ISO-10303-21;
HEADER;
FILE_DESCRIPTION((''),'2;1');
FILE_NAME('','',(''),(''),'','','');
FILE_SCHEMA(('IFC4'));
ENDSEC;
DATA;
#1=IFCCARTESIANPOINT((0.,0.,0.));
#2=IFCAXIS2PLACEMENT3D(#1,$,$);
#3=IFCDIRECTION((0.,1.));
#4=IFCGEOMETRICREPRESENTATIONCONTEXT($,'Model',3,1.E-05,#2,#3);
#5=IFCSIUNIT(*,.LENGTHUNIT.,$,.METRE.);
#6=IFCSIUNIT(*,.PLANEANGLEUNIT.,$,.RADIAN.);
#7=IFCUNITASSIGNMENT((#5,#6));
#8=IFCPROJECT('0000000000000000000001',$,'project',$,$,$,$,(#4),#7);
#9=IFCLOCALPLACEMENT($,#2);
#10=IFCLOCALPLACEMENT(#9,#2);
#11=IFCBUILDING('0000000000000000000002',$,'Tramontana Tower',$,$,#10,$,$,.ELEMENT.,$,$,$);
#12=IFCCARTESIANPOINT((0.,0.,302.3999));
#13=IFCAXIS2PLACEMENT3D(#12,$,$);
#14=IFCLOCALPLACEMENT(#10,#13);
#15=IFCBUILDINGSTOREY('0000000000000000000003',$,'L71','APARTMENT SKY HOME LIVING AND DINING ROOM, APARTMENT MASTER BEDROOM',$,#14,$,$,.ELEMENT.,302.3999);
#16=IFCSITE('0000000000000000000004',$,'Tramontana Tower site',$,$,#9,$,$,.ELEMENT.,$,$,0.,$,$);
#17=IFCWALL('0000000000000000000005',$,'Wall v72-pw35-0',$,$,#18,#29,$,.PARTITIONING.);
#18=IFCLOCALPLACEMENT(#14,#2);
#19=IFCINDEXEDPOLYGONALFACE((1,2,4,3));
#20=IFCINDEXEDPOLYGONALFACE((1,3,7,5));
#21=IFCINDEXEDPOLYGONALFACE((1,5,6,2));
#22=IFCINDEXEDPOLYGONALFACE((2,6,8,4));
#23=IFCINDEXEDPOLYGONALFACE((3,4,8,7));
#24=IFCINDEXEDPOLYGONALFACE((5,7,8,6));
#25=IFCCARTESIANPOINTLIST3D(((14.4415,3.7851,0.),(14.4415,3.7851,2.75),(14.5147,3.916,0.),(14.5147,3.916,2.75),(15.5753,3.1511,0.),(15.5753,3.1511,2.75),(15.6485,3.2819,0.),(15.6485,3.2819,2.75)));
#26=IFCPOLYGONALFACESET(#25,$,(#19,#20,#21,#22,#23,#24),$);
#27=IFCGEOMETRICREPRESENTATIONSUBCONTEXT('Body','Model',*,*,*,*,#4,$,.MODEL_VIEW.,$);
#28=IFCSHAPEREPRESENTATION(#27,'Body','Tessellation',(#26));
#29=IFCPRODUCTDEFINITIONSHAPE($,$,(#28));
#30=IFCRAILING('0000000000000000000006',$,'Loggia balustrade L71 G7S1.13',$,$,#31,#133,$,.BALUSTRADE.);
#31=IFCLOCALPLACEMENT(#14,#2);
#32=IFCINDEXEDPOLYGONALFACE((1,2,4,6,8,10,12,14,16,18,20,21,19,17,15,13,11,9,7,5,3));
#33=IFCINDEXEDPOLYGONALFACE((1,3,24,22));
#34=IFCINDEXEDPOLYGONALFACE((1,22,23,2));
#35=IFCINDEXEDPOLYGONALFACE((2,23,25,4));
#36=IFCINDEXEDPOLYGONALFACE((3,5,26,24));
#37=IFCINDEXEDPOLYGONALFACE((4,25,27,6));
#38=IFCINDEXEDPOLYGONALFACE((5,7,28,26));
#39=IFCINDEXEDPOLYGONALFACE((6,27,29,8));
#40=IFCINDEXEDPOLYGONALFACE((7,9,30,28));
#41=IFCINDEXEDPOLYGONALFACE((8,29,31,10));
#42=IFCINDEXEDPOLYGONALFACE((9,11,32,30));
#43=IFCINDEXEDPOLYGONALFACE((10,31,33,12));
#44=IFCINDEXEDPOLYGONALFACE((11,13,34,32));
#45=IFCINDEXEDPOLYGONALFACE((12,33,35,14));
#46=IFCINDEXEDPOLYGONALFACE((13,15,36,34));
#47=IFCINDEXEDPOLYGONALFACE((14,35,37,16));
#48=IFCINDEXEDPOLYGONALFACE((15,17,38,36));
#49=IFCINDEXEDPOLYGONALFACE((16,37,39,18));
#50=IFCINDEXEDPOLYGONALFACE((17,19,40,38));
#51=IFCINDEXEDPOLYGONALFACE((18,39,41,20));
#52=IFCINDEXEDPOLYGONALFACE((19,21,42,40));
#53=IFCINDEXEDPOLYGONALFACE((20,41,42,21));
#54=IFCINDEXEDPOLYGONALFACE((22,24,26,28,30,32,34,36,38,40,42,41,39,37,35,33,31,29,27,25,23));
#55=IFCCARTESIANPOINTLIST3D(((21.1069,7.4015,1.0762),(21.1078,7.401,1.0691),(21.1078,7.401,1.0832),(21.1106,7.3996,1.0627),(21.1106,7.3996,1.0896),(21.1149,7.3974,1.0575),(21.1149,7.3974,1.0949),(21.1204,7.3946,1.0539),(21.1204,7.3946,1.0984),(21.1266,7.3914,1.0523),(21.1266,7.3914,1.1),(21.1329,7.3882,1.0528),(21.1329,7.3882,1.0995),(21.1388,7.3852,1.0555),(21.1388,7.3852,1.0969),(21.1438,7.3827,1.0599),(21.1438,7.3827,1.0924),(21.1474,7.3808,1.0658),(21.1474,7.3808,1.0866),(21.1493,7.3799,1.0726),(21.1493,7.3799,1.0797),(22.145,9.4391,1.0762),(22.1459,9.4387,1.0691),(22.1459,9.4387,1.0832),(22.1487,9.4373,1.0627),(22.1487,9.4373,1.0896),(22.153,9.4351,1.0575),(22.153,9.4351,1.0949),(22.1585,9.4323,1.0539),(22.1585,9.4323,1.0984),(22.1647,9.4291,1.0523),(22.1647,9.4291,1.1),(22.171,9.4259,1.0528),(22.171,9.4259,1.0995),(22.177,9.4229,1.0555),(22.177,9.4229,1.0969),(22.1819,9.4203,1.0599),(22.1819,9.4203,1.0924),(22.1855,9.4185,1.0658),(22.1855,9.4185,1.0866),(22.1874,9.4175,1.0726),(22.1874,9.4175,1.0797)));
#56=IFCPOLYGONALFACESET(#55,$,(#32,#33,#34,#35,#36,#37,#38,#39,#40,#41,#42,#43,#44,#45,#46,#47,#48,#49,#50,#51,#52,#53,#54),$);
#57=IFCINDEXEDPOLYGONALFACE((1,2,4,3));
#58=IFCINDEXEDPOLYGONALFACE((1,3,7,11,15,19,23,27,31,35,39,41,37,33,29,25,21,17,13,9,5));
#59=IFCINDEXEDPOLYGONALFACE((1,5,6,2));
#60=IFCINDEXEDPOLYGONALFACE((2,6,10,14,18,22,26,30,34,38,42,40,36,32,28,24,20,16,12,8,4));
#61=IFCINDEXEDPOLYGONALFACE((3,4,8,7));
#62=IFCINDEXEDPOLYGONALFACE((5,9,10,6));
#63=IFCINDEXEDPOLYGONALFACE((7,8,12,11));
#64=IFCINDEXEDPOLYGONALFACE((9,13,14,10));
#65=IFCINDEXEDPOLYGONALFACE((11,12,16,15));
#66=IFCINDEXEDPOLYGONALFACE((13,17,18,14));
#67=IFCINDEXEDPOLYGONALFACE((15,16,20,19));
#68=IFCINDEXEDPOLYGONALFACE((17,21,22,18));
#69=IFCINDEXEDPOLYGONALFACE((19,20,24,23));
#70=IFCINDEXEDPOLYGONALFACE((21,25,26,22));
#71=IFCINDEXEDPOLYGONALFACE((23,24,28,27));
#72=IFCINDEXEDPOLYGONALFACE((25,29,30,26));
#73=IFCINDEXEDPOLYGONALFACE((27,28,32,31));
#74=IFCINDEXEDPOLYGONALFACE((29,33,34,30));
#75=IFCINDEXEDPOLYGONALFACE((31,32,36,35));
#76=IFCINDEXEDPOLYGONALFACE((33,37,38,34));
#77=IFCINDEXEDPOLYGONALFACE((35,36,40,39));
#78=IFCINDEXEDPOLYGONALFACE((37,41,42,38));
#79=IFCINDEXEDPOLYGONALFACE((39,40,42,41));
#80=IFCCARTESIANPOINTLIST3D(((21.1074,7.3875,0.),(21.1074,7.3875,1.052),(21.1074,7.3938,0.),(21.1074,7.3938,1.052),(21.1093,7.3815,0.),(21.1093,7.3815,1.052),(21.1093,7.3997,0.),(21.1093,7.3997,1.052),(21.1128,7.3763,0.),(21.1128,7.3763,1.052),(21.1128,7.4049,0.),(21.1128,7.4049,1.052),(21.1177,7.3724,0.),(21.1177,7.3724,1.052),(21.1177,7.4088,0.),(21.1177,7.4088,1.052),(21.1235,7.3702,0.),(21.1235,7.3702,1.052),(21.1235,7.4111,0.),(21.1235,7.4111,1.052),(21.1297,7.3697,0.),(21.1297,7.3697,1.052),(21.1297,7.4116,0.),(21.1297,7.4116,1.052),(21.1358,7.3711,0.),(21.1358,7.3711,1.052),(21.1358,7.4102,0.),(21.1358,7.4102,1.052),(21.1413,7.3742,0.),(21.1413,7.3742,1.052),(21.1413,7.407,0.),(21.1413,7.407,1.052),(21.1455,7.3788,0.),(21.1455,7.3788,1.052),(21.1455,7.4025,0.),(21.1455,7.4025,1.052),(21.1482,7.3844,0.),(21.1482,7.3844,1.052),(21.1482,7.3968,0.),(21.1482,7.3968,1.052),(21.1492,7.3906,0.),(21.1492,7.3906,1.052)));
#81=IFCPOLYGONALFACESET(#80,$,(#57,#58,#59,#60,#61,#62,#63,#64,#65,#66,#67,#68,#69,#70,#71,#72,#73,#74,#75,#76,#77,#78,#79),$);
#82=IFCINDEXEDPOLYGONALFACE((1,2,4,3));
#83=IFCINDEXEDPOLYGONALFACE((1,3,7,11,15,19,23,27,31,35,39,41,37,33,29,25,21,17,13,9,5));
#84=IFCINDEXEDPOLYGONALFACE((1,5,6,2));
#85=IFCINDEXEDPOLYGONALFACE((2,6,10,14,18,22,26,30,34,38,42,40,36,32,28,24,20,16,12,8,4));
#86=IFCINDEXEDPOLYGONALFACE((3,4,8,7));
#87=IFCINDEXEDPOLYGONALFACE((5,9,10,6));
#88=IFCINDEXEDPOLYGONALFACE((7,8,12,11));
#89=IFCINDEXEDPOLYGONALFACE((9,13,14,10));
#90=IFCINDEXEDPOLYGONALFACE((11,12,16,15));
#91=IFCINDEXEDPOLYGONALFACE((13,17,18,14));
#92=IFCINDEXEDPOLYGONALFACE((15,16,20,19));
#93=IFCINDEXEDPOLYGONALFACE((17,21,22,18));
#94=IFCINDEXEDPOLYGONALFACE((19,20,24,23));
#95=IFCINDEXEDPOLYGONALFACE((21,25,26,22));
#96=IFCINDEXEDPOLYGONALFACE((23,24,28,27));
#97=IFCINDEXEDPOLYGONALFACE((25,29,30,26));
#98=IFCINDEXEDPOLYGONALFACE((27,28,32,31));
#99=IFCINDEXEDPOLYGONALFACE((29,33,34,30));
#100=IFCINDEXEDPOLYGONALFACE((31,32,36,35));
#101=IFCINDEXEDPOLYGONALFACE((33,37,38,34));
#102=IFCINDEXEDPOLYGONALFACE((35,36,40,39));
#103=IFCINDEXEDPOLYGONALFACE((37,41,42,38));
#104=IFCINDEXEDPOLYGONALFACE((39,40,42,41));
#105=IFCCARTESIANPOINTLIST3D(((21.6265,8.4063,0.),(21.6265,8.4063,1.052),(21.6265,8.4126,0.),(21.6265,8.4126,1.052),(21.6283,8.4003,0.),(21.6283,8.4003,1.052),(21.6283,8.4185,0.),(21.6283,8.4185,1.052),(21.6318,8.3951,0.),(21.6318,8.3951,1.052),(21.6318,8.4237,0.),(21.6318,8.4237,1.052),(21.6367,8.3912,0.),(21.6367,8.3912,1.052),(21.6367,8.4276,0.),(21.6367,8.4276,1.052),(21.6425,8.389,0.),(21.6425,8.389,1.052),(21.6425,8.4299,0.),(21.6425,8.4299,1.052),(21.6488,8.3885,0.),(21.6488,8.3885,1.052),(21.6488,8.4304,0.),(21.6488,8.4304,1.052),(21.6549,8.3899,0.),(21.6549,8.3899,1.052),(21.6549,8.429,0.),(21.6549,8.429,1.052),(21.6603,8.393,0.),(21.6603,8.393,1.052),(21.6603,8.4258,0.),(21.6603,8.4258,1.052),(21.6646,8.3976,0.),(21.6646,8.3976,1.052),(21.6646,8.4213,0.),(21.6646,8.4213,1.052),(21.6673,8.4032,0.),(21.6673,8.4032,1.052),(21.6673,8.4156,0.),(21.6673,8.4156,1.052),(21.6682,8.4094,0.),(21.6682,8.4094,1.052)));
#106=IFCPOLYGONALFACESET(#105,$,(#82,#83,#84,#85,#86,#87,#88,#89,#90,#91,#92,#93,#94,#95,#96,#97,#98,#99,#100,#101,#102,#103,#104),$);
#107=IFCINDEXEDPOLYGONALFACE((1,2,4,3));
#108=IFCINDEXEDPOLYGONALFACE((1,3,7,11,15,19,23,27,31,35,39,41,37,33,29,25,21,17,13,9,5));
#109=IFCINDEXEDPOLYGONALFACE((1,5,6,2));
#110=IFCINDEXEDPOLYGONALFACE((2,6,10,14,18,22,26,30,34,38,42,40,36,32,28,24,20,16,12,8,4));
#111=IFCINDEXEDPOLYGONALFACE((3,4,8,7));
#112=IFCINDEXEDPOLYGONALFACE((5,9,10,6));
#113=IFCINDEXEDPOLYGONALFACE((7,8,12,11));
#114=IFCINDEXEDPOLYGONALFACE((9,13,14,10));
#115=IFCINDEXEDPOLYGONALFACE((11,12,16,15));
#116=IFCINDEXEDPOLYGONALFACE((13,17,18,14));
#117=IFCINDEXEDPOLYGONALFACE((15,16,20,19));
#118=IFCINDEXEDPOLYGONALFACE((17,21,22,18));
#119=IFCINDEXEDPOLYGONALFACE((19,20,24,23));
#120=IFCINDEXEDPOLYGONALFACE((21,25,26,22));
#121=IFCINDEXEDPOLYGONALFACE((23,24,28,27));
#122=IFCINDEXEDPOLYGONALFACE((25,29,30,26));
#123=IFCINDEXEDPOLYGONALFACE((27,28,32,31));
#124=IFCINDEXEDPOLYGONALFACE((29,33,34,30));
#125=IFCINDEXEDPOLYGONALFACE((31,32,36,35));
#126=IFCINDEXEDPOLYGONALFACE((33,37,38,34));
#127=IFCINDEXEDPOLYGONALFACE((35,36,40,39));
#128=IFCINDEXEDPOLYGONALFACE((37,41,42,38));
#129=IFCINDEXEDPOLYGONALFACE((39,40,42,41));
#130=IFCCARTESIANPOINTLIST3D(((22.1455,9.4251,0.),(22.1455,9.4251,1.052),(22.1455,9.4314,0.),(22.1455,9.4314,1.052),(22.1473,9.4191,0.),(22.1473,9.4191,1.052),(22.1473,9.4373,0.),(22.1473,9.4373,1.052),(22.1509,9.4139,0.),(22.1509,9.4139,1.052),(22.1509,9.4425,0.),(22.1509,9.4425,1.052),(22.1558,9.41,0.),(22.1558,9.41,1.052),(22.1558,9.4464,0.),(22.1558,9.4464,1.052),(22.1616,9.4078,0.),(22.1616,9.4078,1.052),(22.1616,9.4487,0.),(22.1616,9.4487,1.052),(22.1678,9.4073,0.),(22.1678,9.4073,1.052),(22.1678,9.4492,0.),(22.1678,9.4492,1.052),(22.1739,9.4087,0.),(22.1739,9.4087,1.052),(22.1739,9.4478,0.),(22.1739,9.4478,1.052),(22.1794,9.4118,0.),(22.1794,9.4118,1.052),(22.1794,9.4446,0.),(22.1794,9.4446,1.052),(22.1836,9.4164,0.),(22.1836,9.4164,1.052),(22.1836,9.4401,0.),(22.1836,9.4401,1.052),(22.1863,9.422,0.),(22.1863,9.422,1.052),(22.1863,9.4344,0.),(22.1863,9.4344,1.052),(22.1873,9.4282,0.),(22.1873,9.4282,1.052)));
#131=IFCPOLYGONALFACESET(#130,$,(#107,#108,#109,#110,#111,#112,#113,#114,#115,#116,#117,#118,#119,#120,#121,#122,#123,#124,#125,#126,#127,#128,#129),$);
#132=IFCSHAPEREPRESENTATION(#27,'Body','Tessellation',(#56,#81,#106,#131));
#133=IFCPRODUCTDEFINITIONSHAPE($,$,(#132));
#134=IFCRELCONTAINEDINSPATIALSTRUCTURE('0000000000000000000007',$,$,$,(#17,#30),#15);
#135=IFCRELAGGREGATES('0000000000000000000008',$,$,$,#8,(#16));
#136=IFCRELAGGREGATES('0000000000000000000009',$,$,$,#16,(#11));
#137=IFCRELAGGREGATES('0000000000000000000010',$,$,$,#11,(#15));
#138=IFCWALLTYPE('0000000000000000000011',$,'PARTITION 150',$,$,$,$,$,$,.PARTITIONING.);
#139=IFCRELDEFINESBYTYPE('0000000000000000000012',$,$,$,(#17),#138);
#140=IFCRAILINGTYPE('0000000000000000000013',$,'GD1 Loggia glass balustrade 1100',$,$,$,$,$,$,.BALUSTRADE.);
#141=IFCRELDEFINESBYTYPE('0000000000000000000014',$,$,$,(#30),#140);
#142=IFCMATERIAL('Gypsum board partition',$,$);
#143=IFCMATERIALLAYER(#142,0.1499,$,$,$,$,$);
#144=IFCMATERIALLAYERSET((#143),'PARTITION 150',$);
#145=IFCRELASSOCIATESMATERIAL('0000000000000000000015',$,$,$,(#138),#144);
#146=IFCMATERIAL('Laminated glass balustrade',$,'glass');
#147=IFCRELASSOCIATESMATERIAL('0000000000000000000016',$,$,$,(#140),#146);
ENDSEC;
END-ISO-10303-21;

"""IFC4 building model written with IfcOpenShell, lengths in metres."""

from ifc_helpers import new_model, si_unit, direction, frame, frame_2d, origin, origin_2d, place, context, subcontext, project, spatial, rectangle, circle, extrude, material, layer, layer_set, type_object, element, save


model = new_model("IFC4")

# Units and contexts
model_context = context("Model", 3, precision=1e-05, world=origin(), true_north=direction((0.0, 1.0)))
body_context = subcontext(model_context, "Body", "Model", "MODEL_VIEW")
ifc_project = project(units=[si_unit("LENGTHUNIT", "METRE"), si_unit("PLANEANGLEUNIT", "RADIAN")], contexts=[model_context])

# Site, building, storey
site_placement = place(None, origin())
site = spatial("IfcSite", under=ifc_project, at=site_placement, Name="Tramontana Tower site", CompositionType="ELEMENT", RefElevation=0.0)
building_placement = place(site_placement, origin())
building = spatial("IfcBuilding", under=site, at=building_placement, Name="Tramontana Tower", CompositionType="ELEMENT")
storey_placement = place(building_placement, frame((0.0, 0.0, 302.3999)))
storey = spatial("IfcBuildingStorey", under=building, at=storey_placement, Name="L71", Description="APARTMENT SKY HOME LIVING AND DINING ROOM, APARTMENT MASTER BEDROOM", CompositionType="ELEMENT", Elevation=302.3999)

# Shared definitions
ifc_material_1 = material(Name="Gypsum board partition")
ifc_layer_1 = layer(ifc_material_1, 0.1499)
ifc_layer_set_1 = layer_set([ifc_layer_1], Name="PARTITION 150")
wall_type_1 = type_object("IfcWallType", Name="PARTITION 150", PredefinedType="PARTITIONING", material=ifc_layer_set_1)

# Wall
wall_1_placement = place(storey_placement, frame((15.6118, 3.2166, 0.0), z_axis=(0.0, 0.0, 1.0), x_axis=(-0.872798, 0.488082, 0.0)))
element("IfcWall", 1, at=wall_1_placement, inside=storey, type_object=wall_type_1, Name="Wall v72-pw35-0", PredefinedType="PARTITIONING", context=body_context, shape_type="SweptSolid", body=[
    extrude(rectangle(XDim=1.2991, YDim=0.1499, at=frame_2d((0.6494, 0.0))), origin(), (0.0, 0.0, 1.0), 2.75),
])

# Railing
ifc_material_2 = material(Name="Laminated glass balustrade", Category="glass")
railing_type = type_object("IfcRailingType", Name="GD1 Loggia glass balustrade 1100", PredefinedType="BALUSTRADE", material=ifc_material_2)
railing_placement = place(storey_placement, frame((21.1282, 7.3906, 0.0)))
element("IfcRailing", 2, at=railing_placement, inside=storey, type_object=railing_type, Name="Loggia balustrade L71 G7S1.13", PredefinedType="BALUSTRADE", context=body_context, shape_type="SweptSolid", body=[
    extrude(circle(Radius=0.0239, at=origin_2d()), frame((0.0, 0.0, 1.0762), z_axis=(0.453948, 0.891028, 0.0), x_axis=(-0.891028, 0.453948, 0.0)), (0.0, 0.0, 1.0), 2.2869),
    extrude(circle(Radius=0.021, at=origin_2d()), origin(), (0.0, 0.0, 1.0), 1.052),
    extrude(circle(Radius=0.021, at=origin_2d()), frame((0.519, 1.0188, 0.0)), (0.0, 0.0, 1.0), 1.052),
    extrude(circle(Radius=0.021, at=origin_2d()), frame((1.0381, 2.0376, 0.0)), (0.0, 0.0, 1.0), 1.052),
])

save(model, "model.ifc")
